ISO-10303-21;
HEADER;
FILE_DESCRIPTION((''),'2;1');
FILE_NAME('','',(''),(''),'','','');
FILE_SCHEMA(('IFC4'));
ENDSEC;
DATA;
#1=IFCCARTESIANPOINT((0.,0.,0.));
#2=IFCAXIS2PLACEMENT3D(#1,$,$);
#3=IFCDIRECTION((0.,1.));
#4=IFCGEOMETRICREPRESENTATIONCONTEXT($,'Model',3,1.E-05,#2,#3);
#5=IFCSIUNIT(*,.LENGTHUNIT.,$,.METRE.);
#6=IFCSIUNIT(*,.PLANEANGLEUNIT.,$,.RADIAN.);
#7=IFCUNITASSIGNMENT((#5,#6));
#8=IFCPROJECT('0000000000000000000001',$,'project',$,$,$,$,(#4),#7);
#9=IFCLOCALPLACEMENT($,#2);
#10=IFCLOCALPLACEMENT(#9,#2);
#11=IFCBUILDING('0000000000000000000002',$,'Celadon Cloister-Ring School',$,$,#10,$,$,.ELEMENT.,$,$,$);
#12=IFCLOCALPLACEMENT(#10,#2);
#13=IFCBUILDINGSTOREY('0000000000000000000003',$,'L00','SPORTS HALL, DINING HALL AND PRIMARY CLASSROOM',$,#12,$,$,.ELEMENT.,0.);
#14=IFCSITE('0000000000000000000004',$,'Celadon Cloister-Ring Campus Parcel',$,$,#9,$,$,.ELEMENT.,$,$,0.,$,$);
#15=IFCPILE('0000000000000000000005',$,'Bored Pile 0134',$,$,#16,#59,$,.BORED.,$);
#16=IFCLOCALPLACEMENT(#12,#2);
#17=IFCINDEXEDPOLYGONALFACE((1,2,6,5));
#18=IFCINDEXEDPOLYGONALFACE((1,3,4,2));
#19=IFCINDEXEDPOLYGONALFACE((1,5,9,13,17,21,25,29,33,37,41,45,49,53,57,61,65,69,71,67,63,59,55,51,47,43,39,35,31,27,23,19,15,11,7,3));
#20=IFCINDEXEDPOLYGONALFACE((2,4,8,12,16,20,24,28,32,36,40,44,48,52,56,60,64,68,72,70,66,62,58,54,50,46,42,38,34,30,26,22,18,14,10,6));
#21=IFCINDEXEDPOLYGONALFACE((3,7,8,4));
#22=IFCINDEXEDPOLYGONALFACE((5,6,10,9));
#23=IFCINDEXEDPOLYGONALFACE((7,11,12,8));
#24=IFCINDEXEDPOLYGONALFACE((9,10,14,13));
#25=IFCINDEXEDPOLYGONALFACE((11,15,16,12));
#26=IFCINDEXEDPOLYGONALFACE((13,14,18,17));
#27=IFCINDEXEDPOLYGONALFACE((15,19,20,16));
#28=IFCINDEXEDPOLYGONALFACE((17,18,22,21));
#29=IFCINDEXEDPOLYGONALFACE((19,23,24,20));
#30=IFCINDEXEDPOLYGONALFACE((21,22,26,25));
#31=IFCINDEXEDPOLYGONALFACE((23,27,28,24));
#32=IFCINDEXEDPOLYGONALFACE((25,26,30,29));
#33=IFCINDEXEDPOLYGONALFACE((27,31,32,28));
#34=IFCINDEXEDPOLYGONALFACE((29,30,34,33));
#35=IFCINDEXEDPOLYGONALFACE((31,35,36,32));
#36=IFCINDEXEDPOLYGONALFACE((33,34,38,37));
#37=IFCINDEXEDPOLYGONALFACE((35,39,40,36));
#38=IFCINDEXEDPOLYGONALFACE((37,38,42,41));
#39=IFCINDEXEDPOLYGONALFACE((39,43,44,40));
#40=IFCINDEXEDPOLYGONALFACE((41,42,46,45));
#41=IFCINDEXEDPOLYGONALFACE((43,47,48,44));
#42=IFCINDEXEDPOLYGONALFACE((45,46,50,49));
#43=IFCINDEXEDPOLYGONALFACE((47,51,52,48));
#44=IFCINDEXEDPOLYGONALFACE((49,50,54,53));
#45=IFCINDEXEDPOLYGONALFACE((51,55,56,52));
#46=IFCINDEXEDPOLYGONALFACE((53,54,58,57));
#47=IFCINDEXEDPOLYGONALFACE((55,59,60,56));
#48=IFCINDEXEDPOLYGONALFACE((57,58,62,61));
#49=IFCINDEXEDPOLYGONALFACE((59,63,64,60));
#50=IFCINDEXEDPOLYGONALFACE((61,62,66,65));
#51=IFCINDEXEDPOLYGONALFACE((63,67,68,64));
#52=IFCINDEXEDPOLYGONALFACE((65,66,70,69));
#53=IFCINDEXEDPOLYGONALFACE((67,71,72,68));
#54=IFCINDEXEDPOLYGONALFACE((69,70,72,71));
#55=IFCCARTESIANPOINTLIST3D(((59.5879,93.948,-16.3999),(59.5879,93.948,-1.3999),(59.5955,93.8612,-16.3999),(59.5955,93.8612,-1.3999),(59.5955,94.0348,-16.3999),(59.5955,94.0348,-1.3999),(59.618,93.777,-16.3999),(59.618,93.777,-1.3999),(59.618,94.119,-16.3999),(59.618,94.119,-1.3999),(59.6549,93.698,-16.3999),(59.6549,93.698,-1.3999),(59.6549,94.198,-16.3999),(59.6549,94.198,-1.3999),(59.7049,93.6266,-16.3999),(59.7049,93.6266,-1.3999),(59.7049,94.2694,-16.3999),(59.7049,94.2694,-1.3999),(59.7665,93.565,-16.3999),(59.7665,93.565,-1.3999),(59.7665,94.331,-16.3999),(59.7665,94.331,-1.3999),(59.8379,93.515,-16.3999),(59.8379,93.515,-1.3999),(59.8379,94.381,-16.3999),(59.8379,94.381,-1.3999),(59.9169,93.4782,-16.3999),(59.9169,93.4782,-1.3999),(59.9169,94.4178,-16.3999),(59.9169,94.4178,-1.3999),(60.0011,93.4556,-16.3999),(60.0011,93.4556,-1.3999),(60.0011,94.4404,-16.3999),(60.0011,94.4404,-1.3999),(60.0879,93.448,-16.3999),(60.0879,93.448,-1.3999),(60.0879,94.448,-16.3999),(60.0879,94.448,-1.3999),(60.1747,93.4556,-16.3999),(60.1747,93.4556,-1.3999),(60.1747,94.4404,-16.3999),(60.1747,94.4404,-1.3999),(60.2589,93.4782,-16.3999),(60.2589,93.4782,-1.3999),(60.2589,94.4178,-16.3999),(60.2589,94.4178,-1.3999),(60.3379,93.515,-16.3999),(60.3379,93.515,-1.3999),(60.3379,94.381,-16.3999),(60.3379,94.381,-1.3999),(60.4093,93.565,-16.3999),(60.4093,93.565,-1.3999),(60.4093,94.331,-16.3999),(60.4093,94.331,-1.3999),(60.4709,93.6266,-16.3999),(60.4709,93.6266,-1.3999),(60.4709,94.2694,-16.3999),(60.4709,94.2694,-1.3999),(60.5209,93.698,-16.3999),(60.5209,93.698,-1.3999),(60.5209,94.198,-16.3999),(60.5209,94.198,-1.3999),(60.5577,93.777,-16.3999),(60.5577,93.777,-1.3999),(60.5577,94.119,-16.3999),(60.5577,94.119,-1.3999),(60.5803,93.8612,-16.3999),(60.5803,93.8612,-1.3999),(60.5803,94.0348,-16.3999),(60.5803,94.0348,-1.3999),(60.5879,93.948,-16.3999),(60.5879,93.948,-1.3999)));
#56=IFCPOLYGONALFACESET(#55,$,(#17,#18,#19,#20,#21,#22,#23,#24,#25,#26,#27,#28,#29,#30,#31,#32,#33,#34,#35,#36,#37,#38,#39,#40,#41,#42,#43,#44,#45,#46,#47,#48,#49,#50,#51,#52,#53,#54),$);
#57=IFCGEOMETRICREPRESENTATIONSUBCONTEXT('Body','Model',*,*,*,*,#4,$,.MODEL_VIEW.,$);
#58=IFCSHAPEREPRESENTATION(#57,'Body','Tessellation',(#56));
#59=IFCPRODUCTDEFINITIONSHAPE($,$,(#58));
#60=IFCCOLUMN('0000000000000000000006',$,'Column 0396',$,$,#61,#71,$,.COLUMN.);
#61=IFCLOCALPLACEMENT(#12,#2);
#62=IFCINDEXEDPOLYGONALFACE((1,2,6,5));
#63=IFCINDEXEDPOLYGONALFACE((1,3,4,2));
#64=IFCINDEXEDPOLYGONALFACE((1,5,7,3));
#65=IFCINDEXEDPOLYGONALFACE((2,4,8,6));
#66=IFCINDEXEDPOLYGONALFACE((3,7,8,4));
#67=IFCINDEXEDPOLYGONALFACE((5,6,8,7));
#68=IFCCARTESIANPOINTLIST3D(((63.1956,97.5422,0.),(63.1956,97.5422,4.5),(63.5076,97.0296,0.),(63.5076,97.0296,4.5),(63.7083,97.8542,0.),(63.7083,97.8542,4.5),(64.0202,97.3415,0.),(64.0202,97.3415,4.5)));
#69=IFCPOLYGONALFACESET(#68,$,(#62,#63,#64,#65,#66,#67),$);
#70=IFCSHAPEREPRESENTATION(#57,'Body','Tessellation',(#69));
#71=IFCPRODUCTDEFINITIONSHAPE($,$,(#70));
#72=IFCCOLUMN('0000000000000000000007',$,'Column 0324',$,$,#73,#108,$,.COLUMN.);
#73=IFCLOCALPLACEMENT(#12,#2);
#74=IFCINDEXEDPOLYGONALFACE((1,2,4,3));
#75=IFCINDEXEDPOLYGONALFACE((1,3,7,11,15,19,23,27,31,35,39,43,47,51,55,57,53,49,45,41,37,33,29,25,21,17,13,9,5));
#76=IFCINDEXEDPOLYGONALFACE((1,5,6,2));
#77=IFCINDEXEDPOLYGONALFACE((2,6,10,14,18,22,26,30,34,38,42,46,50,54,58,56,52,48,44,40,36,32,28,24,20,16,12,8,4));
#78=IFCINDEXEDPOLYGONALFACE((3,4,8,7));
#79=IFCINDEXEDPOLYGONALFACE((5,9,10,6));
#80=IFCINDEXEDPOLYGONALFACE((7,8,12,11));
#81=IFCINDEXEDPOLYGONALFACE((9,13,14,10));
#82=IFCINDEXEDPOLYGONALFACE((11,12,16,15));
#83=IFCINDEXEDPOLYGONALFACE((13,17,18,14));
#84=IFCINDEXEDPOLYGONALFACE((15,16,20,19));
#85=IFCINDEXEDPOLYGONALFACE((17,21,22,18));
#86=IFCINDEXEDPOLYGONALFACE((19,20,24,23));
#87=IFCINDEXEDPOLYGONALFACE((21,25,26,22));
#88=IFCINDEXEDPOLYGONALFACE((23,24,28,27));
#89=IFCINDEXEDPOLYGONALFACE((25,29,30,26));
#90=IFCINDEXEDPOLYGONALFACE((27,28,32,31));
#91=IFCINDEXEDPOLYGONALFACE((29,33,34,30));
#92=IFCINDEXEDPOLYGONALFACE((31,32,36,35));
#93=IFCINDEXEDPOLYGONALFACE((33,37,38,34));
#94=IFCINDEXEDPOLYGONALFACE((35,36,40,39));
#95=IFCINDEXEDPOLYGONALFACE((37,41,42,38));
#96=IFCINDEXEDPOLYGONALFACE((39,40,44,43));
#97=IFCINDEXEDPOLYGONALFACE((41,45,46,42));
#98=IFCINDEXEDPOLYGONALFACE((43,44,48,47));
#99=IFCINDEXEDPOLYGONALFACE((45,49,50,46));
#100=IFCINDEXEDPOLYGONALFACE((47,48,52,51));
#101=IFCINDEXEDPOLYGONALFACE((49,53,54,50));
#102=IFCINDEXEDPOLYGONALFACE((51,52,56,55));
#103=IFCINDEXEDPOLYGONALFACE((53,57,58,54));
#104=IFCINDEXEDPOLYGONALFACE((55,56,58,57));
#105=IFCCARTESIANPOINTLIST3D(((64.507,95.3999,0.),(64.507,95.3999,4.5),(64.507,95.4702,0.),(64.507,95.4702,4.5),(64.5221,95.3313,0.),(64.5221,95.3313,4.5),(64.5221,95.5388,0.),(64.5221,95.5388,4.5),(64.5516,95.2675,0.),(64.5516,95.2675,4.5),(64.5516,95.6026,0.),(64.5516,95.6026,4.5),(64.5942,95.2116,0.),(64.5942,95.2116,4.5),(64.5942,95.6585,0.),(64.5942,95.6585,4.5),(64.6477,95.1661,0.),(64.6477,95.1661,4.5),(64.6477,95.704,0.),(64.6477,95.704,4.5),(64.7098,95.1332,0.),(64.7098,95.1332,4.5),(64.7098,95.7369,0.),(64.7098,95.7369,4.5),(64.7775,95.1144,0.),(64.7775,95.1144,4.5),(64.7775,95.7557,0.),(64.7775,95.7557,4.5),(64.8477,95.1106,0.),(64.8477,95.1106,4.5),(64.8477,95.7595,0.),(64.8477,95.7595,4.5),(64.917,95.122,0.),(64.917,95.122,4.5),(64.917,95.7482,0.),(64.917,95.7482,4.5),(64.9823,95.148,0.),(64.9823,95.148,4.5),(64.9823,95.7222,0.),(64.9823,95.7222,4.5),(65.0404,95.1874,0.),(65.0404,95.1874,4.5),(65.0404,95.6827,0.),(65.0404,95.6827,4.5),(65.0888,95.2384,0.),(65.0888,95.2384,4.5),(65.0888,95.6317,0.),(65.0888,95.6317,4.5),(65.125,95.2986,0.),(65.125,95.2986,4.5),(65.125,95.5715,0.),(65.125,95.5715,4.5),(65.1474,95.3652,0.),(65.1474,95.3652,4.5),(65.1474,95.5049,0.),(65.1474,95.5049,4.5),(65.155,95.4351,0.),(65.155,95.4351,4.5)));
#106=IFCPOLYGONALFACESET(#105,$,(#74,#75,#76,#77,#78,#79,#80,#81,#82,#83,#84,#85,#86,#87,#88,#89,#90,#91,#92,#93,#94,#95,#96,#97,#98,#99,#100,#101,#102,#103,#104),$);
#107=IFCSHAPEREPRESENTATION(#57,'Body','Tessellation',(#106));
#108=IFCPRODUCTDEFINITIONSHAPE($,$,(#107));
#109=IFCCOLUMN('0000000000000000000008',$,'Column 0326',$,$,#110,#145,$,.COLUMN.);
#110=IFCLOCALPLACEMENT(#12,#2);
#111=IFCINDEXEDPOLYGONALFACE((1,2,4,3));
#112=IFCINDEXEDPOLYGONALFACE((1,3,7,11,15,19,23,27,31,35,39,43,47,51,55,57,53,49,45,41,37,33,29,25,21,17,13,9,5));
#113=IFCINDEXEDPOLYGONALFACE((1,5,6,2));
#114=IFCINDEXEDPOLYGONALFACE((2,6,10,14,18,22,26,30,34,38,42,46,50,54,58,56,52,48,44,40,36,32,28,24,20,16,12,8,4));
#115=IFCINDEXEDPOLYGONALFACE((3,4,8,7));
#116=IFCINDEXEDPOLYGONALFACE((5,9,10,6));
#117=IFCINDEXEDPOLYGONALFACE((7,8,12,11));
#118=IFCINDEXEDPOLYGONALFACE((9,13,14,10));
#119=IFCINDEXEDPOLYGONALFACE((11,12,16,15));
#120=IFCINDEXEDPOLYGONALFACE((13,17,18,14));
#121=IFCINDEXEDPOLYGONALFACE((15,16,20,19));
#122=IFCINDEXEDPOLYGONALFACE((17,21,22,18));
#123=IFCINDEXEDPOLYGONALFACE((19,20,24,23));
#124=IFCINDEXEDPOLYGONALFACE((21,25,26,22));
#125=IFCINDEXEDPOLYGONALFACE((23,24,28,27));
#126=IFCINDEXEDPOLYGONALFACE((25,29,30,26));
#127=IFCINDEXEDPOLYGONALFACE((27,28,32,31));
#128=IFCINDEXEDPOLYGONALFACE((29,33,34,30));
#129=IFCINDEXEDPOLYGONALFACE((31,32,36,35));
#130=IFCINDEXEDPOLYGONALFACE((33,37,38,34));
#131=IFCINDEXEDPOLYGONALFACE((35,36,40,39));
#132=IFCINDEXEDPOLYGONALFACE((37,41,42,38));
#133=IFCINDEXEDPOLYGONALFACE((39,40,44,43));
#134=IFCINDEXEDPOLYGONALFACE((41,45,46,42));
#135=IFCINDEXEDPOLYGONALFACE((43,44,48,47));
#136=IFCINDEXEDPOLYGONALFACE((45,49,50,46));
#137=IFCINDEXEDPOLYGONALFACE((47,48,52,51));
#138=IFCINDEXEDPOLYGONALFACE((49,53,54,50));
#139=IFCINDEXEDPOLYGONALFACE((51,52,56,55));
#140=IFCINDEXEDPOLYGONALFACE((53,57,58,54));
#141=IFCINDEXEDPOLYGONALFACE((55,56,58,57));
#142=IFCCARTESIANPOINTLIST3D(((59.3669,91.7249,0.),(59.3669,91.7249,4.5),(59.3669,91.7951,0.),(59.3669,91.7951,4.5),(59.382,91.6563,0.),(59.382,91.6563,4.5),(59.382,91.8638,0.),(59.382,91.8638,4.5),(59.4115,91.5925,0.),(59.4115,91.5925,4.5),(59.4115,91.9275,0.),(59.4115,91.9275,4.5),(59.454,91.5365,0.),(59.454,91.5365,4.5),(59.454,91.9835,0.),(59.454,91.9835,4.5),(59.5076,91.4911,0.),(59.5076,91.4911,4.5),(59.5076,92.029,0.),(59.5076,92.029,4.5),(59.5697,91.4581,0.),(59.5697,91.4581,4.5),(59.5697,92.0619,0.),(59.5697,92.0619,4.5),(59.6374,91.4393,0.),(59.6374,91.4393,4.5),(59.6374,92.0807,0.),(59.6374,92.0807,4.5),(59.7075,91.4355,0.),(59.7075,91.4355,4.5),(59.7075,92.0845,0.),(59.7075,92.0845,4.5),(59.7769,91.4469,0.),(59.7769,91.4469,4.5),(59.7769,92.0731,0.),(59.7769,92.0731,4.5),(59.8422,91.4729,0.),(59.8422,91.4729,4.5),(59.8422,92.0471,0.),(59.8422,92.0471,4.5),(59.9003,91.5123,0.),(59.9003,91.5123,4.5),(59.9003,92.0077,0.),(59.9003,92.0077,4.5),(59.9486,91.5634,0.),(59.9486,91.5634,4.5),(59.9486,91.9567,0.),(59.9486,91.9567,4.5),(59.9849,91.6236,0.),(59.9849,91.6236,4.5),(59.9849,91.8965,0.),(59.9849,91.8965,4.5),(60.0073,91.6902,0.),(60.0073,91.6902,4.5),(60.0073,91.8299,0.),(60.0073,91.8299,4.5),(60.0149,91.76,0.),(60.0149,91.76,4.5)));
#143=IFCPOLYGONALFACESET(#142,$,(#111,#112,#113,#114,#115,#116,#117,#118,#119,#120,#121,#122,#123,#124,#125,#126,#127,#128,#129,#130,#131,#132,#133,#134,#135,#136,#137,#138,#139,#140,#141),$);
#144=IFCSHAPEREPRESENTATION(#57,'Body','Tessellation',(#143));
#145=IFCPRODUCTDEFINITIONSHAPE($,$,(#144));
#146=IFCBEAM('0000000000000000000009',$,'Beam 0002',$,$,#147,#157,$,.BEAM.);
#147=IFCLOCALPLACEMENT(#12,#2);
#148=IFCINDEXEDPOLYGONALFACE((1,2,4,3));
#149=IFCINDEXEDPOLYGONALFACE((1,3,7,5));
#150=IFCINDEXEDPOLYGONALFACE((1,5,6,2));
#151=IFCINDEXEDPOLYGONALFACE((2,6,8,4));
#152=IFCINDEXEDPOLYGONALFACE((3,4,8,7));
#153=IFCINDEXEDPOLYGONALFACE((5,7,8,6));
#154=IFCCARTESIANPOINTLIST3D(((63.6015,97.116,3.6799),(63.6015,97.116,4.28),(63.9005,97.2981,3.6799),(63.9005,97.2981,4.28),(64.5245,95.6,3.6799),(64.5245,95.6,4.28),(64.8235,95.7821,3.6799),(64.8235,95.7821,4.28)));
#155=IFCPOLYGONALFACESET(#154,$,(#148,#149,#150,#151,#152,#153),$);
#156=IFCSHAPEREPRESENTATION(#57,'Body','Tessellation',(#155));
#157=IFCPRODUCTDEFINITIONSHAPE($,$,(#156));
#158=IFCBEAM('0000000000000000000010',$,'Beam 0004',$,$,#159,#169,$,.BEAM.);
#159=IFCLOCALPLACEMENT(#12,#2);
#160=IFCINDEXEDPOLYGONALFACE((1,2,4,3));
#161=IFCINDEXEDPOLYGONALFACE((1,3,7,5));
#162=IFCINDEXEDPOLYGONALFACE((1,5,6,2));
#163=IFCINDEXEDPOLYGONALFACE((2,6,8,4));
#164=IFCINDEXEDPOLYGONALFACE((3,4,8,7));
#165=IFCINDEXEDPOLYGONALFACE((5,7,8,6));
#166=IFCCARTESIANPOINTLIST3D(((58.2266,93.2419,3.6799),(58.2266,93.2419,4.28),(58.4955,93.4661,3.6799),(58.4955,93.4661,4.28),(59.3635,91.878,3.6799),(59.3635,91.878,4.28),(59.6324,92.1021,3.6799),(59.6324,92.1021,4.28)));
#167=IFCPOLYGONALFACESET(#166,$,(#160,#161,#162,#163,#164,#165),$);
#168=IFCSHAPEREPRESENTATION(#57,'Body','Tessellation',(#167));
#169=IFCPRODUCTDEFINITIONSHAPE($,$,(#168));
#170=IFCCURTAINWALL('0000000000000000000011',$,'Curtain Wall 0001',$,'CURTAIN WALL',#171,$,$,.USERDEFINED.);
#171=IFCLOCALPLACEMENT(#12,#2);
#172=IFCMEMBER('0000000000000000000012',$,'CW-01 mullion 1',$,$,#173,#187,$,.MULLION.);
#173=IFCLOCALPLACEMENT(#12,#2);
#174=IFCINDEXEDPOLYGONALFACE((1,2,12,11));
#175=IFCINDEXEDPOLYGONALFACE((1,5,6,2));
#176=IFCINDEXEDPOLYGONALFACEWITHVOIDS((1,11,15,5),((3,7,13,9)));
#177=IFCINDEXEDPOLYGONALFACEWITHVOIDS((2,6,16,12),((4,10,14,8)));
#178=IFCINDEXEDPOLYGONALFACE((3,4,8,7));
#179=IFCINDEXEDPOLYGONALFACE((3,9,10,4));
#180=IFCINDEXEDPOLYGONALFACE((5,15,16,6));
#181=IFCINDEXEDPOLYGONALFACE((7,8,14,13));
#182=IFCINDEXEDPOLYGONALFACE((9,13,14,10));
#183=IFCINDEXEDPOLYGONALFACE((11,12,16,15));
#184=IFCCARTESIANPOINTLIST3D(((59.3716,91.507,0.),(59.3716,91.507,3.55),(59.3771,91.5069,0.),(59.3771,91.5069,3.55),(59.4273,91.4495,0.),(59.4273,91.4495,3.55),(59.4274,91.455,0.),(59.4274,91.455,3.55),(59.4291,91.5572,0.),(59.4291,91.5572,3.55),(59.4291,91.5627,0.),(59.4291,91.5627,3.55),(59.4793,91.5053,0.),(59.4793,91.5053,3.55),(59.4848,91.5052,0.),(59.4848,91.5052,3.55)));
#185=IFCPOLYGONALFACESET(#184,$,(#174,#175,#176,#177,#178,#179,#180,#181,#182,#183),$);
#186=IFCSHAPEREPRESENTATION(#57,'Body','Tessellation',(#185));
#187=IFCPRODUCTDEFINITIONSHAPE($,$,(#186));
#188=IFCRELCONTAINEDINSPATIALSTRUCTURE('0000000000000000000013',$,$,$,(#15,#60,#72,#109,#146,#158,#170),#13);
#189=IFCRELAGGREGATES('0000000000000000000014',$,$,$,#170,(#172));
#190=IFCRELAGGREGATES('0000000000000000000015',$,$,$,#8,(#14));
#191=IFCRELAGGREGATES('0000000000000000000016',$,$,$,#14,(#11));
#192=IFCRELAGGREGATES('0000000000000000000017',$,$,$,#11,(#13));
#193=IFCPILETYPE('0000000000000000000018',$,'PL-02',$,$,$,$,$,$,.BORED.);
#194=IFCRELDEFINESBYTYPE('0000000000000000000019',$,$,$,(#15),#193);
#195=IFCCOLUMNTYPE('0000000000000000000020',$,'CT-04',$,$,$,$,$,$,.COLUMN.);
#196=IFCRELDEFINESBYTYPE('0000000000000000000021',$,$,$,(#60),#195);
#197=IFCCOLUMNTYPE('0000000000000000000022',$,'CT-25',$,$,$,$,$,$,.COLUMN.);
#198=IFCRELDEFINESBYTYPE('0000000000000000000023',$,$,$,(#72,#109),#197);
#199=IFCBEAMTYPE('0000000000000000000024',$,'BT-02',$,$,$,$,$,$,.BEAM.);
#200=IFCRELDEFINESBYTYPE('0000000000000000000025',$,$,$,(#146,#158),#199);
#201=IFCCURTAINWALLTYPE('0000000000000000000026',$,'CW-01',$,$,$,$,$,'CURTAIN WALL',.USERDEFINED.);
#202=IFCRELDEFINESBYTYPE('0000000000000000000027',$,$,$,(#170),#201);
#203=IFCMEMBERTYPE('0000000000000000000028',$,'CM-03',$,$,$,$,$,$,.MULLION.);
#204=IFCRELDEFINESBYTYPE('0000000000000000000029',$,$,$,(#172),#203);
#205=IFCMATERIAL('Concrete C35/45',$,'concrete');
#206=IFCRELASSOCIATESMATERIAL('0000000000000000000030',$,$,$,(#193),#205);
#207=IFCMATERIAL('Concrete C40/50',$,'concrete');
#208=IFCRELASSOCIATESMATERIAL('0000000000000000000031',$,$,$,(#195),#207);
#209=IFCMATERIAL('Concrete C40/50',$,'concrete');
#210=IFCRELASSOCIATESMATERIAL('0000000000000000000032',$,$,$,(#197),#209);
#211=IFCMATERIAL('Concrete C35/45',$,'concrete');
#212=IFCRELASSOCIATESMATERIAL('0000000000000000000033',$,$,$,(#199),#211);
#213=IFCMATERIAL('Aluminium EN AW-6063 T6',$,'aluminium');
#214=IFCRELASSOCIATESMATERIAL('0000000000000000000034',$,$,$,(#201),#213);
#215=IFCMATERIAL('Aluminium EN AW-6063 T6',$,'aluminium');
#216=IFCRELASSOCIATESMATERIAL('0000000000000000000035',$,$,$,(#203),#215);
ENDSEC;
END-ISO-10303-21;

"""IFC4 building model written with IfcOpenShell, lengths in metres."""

from ifc_helpers import new_model, si_unit, direction, frame, origin, origin_2d, place, context, subcontext, project, spatial, rectangle, hollow_rectangle, circle, extrude, material, material_profile, profile_set, type_object, element, aggregate, save


model = new_model("IFC4")

# Units and contexts
model_context = context("Model", 3, precision=1e-05, world=origin(), true_north=direction((0.0, 1.0)))
body_context = subcontext(model_context, "Body", "Model", "MODEL_VIEW")
ifc_project = project(units=[si_unit("LENGTHUNIT", "METRE"), si_unit("PLANEANGLEUNIT", "RADIAN")], contexts=[model_context])

# Site, building, storey
site_placement = place(None, origin())
site = spatial("IfcSite", under=ifc_project, at=site_placement, Name="Celadon Cloister-Ring Campus Parcel", CompositionType="ELEMENT", RefElevation=0.0)
building_placement = place(site_placement, origin())
building = spatial("IfcBuilding", under=site, at=building_placement, Name="Celadon Cloister-Ring School", CompositionType="ELEMENT")
storey_placement = place(building_placement, origin())
storey = spatial("IfcBuildingStorey", under=building, at=storey_placement, Name="L00", Description="SPORTS HALL, DINING HALL AND PRIMARY CLASSROOM", CompositionType="ELEMENT", Elevation=0.0)

# Pile
ifc_material_1 = material(Name="Concrete C35/45", Category="concrete")
ifc_material_profile_1 = material_profile(ifc_material_1, circle(Radius=0.5, at=origin_2d()), Name="PILE1000")
ifc_profile_set_1 = profile_set([ifc_material_profile_1], Name="Concrete C35/45")
pile_type = type_object("IfcPileType", Name="PL-02", PredefinedType="BORED", material=ifc_profile_set_1)
for number, where, z_axis, x_axis, name in (
    (1, (60.0879, 93.948, -1.3999), (0.0, 0.0, -1.0), (1.0, 0.0, 0.0), "Bored Pile 0134"),
):
    element("IfcPile", number, at=place(storey_placement, frame(where, z_axis=z_axis, x_axis=x_axis)), inside=storey, type_object=pile_type, Name=name, PredefinedType="BORED", context=body_context, shape_type="SweptSolid", body=[
        extrude(circle(Radius=0.5, at=origin_2d()), origin(), (0.0, 0.0, 1.0), 15.0),
    ])

# Columns
ifc_material_2 = material(Name="Concrete C40/50", Category="concrete")
ifc_material_profile_2 = material_profile(ifc_material_2, rectangle(XDim=0.6001, YDim=0.6001, at=origin_2d()), Name="RC600X600")
ifc_profile_set_2 = profile_set([ifc_material_profile_2], Name="Concrete C40/50")
column_type_1 = type_object("IfcColumnType", Name="CT-04", PredefinedType="COLUMN", material=ifc_profile_set_2)
column_placement = place(storey_placement, frame((63.6079, 97.4419, 0.0), z_axis=(0.0, 0.0, 1.0), x_axis=(-0.519817, 0.854277, 0.0)))
element("IfcColumn", 2, at=column_placement, inside=storey, type_object=column_type_1, Name="Column 0396", PredefinedType="COLUMN", context=body_context, shape_type="SweptSolid", body=[
    extrude(rectangle(XDim=0.6001, YDim=0.6001, at=origin_2d()), origin(), (0.0, 0.0, 1.0), 4.5),
])
ifc_material_3 = material(Name="Concrete C40/50", Category="concrete")
ifc_material_profile_3 = material_profile(ifc_material_3, circle(Radius=0.325, at=origin_2d()), Name="CIRC650")
ifc_profile_set_3 = profile_set([ifc_material_profile_3], Name="Concrete C40/50")
column_type_2 = type_object("IfcColumnType", Name="CT-25", PredefinedType="COLUMN", material=ifc_profile_set_3)
for number, where, z_axis, x_axis, name in (
    (3, (64.8301, 95.4351, 0.0), (0.0, 0.0, 1.0), (1.0, 0.0, 0.0), "Column 0324"),
    (4, (59.6899, 91.76, 0.0), (0.0, 0.0, 1.0), (1.0, 0.0, 0.0), "Column 0326"),
):
    element("IfcColumn", number, at=place(storey_placement, frame(where, z_axis=z_axis, x_axis=x_axis)), inside=storey, type_object=column_type_2, Name=name, PredefinedType="COLUMN", context=body_context, shape_type="SweptSolid", body=[
        extrude(circle(Radius=0.325, at=origin_2d()), origin(), (0.0, 0.0, 1.0), 4.5),
    ])

# Beams
ifc_material_4 = material(Name="Concrete C35/45", Category="concrete")
ifc_material_profile_4 = material_profile(ifc_material_4, rectangle(XDim=0.3501, YDim=0.6001, at=origin_2d()), Name="RC350X600")
ifc_profile_set_4 = profile_set([ifc_material_profile_4], Name="Concrete C35/45")
beam_type_1 = type_object("IfcBeamType", Name="BT-02", PredefinedType="BEAM", material=ifc_profile_set_4)
beam_1_placement = place(storey_placement, frame((63.751, 97.207, 3.98), z_axis=(0.520047, -0.854137, 0.0), x_axis=(0.854137, 0.520047, 0.0)))
element("IfcBeam", 5, at=beam_1_placement, inside=storey, type_object=beam_type_1, Name="Beam 0002", PredefinedType="BEAM", context=body_context, shape_type="SweptSolid", body=[
    extrude(rectangle(XDim=0.3501, YDim=0.6001, at=origin_2d()), origin(), (0.0, 0.0, 1.0), 1.7749),
])
beam_2_placement = place(storey_placement, frame((58.3611, 93.354, 3.98), z_axis=(0.640279, -0.768142, 0.0), x_axis=(0.768142, 0.640279, 0.0)))
element("IfcBeam", 6, at=beam_2_placement, inside=storey, type_object=beam_type_1, Name="Beam 0004", PredefinedType="BEAM", context=body_context, shape_type="SweptSolid", body=[
    extrude(rectangle(XDim=0.3501, YDim=0.6001, at=origin_2d()), origin(), (0.0, 0.0, 1.0), 1.7756),
])

# Curtain wall, member
ifc_material_5 = material(Name="Aluminium EN AW-6063 T6", Category="aluminium")
curtain_wall_type = type_object("IfcCurtainWallType", Name="CW-01", ElementType="CURTAIN WALL", PredefinedType="USERDEFINED", material=ifc_material_5)
curtain_wall_placement = place(storey_placement, origin())
curtain_wall = element("IfcCurtainWall", 7, at=curtain_wall_placement, inside=storey, type_object=curtain_wall_type, Name="Curtain Wall 0001", ObjectType="CURTAIN WALL", PredefinedType="USERDEFINED")
ifc_material_6 = material(Name="Aluminium EN AW-6063 T6", Category="aluminium")
ifc_material_profile_5 = material_profile(ifc_material_6, hollow_rectangle(XDim=0.0801, YDim=0.0801, WallThickness=0.0039, at=origin_2d()), Name="RHS80X80X4")
ifc_profile_set_5 = profile_set([ifc_material_profile_5], Name="Aluminium EN AW-6063 T6")
member_type_1 = type_object("IfcMemberType", Name="CM-03", PredefinedType="MULLION", material=ifc_profile_set_5)
member_1_placement = place(storey_placement, frame((59.4282, 91.5061, 0.0), z_axis=(0.0, 0.0, 1.0), x_axis=(0.69546, -0.718565, 0.0)))
member_1 = element("IfcMember", 8, at=member_1_placement, type_object=member_type_1, Name="CW-01 mullion 1", PredefinedType="MULLION", context=body_context, shape_type="SweptSolid", body=[
    extrude(hollow_rectangle(XDim=0.0801, YDim=0.0801, WallThickness=0.0039, at=origin_2d()), origin(), (0.0, 0.0, 1.0), 3.55),
])

aggregate(curtain_wall, [member_1])

save(model, "model.ifc")
